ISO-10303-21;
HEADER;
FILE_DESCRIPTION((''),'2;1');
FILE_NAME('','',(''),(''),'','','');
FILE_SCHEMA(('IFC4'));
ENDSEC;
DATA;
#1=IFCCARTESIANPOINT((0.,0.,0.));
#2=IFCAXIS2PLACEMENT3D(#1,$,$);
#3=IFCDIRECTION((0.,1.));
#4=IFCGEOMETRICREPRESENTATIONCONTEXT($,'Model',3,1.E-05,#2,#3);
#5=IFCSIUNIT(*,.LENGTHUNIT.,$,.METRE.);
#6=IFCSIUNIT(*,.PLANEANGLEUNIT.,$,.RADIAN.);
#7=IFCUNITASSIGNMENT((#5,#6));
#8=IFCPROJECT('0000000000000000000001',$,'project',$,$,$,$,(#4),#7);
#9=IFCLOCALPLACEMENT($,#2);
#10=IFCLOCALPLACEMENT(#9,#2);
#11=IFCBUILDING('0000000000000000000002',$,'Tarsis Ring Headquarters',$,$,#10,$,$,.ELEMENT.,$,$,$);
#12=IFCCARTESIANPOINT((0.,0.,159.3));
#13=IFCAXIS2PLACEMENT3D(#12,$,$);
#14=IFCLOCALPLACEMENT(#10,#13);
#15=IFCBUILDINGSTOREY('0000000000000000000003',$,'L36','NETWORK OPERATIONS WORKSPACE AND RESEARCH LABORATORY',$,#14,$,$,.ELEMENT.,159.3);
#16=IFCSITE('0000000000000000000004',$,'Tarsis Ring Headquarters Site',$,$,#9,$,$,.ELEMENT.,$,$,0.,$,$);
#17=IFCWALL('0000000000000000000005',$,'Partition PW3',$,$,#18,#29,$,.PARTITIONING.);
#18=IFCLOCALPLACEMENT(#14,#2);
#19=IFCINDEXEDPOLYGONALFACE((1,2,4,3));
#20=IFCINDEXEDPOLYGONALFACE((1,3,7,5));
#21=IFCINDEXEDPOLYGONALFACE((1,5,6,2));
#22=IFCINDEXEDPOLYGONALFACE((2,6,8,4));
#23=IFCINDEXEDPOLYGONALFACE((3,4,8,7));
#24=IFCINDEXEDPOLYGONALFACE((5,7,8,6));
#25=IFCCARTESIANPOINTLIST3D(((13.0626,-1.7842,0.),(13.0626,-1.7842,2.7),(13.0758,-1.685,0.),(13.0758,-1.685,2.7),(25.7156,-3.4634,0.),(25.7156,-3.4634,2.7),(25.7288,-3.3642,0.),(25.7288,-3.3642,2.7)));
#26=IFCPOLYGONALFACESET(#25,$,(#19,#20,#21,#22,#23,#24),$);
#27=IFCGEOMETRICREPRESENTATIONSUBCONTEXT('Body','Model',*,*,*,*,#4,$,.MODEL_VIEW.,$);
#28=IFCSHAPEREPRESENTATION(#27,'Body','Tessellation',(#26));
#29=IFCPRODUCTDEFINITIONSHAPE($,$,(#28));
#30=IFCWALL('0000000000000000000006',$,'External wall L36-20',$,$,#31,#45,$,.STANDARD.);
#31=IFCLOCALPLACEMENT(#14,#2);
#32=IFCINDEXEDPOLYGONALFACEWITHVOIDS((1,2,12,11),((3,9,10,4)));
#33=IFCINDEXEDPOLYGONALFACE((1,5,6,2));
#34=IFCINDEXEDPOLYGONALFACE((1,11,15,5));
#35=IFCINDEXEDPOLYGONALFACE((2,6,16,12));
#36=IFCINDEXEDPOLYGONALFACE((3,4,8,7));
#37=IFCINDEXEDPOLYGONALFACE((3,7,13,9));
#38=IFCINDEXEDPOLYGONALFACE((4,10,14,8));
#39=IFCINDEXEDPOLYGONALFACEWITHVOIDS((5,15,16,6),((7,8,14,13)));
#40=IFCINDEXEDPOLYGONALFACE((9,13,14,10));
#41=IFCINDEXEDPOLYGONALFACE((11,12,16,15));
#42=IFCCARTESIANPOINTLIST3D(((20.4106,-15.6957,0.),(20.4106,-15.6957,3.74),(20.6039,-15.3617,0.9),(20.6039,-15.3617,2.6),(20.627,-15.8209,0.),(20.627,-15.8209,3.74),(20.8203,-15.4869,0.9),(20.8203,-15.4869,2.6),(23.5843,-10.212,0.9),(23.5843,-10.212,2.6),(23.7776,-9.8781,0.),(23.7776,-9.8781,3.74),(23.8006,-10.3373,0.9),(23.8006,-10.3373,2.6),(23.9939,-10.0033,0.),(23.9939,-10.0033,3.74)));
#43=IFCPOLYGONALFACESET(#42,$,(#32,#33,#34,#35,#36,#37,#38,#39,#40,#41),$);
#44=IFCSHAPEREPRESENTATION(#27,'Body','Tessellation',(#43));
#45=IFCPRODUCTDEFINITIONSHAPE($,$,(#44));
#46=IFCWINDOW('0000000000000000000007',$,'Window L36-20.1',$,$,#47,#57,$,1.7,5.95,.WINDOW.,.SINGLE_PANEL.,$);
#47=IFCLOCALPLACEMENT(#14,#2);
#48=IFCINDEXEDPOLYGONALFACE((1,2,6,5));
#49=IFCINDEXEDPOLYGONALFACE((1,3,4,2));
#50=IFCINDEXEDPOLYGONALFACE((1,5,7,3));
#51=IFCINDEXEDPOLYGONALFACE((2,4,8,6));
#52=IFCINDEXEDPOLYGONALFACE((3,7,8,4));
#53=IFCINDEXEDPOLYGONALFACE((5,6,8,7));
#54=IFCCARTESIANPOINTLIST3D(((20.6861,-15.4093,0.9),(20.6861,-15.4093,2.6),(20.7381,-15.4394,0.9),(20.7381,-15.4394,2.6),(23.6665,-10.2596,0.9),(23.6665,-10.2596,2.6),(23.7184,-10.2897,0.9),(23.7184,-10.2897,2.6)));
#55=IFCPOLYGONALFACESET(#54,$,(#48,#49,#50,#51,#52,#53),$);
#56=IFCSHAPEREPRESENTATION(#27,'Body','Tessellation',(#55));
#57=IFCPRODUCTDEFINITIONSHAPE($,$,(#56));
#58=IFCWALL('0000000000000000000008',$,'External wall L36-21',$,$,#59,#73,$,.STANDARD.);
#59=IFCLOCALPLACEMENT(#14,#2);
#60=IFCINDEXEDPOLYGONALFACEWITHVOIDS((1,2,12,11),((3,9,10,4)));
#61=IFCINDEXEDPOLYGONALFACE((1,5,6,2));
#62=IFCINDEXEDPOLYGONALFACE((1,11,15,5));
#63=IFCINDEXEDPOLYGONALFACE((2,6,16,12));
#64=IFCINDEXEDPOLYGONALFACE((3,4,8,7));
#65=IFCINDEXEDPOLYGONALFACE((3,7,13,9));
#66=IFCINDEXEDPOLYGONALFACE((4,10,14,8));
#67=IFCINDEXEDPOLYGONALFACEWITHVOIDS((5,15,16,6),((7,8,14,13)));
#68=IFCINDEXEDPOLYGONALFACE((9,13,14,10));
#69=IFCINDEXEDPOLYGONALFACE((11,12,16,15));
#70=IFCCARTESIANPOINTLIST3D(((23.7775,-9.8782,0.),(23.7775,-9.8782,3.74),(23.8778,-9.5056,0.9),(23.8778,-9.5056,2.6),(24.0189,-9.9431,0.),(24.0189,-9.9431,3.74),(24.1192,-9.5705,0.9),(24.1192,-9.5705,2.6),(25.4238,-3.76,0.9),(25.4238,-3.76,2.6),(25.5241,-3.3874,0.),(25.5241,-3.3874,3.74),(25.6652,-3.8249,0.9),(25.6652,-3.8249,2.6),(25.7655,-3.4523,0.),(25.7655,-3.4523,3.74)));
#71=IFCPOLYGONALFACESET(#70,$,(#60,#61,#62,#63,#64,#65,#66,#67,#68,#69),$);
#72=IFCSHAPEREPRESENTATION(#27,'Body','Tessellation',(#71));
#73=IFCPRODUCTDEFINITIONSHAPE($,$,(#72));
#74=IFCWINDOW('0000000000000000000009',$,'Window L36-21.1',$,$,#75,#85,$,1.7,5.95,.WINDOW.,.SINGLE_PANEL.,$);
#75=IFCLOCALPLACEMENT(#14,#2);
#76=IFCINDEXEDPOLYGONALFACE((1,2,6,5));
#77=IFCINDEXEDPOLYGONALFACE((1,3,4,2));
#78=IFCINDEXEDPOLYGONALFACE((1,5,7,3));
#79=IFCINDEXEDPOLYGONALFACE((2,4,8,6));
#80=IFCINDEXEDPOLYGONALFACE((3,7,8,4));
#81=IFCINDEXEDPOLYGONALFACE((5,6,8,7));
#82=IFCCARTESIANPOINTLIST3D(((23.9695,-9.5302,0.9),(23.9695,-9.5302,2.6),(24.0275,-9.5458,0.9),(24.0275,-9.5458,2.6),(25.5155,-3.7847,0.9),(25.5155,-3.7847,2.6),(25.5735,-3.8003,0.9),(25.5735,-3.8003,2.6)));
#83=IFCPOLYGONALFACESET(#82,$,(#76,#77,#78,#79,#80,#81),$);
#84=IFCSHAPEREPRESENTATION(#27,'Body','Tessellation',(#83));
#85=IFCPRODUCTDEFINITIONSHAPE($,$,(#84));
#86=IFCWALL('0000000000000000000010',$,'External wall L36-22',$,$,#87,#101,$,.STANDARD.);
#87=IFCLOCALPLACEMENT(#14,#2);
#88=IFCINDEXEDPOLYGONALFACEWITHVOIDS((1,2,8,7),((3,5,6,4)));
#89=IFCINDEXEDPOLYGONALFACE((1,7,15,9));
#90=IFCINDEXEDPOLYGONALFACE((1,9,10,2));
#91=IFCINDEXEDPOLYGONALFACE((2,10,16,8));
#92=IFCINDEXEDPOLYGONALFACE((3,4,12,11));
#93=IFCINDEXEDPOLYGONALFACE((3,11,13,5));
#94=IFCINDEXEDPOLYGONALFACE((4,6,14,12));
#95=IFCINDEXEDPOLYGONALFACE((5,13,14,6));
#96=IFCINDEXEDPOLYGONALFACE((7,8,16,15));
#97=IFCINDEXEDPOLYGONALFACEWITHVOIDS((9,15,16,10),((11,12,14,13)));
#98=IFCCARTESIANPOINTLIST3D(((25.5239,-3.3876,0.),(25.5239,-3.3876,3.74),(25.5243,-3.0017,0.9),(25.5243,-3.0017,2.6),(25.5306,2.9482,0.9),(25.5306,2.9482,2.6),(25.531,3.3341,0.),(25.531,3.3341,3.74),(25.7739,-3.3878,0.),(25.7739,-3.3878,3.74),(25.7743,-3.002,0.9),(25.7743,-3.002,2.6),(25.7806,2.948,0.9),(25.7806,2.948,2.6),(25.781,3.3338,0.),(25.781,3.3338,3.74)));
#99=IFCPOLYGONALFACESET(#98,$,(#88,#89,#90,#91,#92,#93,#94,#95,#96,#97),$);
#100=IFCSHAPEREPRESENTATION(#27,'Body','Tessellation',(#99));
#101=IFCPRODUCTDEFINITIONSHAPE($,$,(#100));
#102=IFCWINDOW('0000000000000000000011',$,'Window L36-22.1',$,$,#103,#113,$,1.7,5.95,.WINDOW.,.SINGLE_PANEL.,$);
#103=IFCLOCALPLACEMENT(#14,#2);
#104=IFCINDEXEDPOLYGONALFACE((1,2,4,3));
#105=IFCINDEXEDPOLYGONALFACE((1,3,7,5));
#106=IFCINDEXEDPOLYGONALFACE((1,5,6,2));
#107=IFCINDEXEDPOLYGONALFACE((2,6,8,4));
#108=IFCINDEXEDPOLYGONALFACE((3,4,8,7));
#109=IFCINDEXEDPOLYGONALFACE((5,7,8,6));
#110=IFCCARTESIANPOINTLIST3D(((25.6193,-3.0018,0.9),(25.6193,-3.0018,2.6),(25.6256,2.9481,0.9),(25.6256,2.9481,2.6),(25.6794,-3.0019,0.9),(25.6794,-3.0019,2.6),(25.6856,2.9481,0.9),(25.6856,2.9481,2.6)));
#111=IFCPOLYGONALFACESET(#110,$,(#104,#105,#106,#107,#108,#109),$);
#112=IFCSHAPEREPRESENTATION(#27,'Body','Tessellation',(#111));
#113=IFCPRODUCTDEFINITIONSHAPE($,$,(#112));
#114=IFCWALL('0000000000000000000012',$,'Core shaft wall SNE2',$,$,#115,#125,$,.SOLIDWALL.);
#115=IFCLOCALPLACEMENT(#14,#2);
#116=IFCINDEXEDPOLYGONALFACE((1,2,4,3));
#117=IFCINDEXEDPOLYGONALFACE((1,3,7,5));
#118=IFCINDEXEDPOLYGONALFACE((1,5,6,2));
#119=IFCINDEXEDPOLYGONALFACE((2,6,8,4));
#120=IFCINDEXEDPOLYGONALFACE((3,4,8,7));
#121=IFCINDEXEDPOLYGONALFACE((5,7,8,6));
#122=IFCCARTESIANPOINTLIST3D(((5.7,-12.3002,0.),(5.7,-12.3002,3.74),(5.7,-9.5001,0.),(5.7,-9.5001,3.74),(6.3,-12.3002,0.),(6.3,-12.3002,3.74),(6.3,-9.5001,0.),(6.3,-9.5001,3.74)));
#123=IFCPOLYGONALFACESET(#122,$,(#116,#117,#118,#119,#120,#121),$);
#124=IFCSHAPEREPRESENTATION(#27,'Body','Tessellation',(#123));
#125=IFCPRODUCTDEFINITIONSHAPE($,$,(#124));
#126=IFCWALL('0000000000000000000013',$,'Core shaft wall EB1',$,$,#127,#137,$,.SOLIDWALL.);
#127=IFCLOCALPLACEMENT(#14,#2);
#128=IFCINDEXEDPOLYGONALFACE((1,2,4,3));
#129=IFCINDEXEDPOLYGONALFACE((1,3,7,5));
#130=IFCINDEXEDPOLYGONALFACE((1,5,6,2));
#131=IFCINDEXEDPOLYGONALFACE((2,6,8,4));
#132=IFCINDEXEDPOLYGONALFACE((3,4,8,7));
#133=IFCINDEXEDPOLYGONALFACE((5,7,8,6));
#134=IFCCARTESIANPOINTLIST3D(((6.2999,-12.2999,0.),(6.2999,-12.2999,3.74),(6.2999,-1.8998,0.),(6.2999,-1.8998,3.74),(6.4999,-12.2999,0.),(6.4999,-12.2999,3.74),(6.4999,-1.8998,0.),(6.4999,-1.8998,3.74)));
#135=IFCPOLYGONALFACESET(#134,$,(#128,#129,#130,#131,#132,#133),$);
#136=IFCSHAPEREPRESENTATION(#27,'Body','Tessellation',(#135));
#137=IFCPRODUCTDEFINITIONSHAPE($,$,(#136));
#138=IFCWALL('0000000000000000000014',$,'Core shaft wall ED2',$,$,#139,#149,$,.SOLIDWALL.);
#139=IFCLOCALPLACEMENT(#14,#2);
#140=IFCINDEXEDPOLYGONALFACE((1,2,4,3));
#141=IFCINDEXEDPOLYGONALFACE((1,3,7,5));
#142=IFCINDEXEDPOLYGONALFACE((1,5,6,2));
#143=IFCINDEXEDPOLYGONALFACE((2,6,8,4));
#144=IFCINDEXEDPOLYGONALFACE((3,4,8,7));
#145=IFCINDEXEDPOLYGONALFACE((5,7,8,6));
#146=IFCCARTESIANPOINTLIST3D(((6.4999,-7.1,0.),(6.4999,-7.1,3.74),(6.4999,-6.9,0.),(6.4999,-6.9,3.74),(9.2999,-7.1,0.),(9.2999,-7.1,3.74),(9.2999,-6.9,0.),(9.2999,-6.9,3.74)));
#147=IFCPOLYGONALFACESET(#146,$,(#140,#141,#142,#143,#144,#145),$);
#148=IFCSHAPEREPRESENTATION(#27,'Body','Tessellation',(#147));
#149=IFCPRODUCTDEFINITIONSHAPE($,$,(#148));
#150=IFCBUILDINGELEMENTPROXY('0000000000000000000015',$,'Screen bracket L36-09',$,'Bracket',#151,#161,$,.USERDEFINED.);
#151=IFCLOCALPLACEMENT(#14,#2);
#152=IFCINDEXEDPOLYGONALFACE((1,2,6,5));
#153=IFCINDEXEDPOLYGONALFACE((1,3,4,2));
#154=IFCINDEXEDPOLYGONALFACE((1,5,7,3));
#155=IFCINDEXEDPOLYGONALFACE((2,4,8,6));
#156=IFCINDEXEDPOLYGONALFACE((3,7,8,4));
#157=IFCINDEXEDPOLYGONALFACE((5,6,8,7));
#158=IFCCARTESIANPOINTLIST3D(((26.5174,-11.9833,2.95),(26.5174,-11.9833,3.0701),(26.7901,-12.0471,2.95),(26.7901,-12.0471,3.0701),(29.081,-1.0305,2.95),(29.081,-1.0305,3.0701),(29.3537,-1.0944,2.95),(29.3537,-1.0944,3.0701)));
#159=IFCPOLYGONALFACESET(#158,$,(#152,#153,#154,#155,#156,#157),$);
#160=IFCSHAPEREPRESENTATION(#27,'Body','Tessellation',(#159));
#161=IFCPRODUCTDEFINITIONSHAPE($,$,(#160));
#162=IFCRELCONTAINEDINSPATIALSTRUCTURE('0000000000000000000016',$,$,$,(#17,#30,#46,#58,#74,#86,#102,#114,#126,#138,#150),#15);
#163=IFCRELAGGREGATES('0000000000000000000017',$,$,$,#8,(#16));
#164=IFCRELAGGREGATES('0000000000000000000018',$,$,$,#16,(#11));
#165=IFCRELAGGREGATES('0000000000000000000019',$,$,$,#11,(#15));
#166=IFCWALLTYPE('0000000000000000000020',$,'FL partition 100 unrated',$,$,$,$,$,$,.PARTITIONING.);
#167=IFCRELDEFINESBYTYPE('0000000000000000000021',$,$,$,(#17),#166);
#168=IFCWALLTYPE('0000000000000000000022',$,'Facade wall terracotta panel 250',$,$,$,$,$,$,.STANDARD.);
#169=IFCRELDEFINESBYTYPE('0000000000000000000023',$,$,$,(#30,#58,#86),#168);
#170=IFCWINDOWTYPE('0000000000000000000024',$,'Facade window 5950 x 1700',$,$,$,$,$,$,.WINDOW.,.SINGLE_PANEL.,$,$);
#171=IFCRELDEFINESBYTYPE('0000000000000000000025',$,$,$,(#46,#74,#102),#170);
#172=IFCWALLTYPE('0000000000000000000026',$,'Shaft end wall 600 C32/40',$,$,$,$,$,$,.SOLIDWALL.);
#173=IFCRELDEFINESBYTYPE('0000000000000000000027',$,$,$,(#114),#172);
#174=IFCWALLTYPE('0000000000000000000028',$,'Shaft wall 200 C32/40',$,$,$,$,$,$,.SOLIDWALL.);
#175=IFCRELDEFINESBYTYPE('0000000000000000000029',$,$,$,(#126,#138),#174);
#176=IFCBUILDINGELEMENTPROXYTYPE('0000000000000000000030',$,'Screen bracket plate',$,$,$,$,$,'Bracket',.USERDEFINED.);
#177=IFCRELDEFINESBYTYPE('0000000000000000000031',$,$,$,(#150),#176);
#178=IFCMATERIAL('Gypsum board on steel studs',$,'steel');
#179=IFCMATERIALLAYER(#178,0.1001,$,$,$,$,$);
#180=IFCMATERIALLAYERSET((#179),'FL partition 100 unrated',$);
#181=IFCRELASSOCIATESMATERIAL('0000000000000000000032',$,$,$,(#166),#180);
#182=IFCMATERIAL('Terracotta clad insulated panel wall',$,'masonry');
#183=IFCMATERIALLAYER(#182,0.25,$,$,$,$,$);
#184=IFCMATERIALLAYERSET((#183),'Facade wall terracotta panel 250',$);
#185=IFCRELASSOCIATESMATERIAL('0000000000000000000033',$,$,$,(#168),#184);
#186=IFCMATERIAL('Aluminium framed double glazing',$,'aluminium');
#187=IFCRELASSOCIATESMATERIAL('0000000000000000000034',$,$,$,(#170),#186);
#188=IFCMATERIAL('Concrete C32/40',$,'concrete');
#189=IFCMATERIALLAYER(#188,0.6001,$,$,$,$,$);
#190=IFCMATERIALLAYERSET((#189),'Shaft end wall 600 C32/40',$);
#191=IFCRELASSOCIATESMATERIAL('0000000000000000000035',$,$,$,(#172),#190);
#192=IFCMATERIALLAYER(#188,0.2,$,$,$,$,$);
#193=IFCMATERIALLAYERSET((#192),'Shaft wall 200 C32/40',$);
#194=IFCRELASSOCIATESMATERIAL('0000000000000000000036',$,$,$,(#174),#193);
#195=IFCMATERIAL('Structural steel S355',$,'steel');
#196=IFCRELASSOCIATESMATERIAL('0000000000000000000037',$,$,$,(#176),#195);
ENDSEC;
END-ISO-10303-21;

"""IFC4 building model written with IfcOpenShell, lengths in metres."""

from ifc_helpers import new_model, si_unit, direction, frame, frame_2d, origin, origin_2d, place, context, subcontext, project, spatial, rectangle, extrude, material, layer, layer_set, type_object, element, fill, save


model = new_model("IFC4")

# Units and contexts
model_context = context("Model", 3, precision=1e-05, world=origin(), true_north=direction((0.0, 1.0)))
body_context = subcontext(model_context, "Body", "Model", "MODEL_VIEW")
ifc_project = project(units=[si_unit("LENGTHUNIT", "METRE"), si_unit("PLANEANGLEUNIT", "RADIAN")], contexts=[model_context])

# Site, building, storey
site_placement = place(None, origin())
site = spatial("IfcSite", under=ifc_project, at=site_placement, Name="Tarsis Ring Headquarters Site", CompositionType="ELEMENT", RefElevation=0.0)
building_placement = place(site_placement, origin())
building = spatial("IfcBuilding", under=site, at=building_placement, Name="Tarsis Ring Headquarters", CompositionType="ELEMENT")
storey_placement = place(building_placement, frame((0.0, 0.0, 159.3)))
storey = spatial("IfcBuildingStorey", under=building, at=storey_placement, Name="L36", Description="NETWORK OPERATIONS WORKSPACE AND RESEARCH LABORATORY", CompositionType="ELEMENT", Elevation=159.3)

# Shared definitions
ifc_material_1 = material(Name="Structural steel S355", Category="steel")

# Wall
ifc_material_2 = material(Name="Gypsum board on steel studs", Category="steel")
ifc_layer_1 = layer(ifc_material_2, 0.1001)
ifc_layer_set_1 = layer_set([ifc_layer_1], Name="FL partition 100 unrated")
wall_type_1 = type_object("IfcWallType", Name="FL partition 100 unrated", PredefinedType="PARTITIONING", material=ifc_layer_set_1)
wall_1_placement = place(storey_placement, frame((13.0693, -1.7346, 0.0), z_axis=(0.0, 0.0, 1.0), x_axis=(0.991309, -0.131557, 0.0)))
element("IfcWall", 1, at=wall_1_placement, inside=storey, type_object=wall_type_1, Name="Partition PW3", PredefinedType="PARTITIONING", context=body_context, shape_type="SweptSolid", body=[
    extrude(rectangle(XDim=12.7639, YDim=0.1001, at=frame_2d((6.3818, 0.0))), origin(), (0.0, 0.0, 1.0), 2.7),
])

# Walls, openings, windows
ifc_material_3 = material(Name="Terracotta clad insulated panel wall", Category="masonry")
ifc_layer_2 = layer(ifc_material_3, 0.25)
ifc_layer_set_2 = layer_set([ifc_layer_2], Name="Facade wall terracotta panel 250")
wall_type_2 = type_object("IfcWallType", Name="Facade wall terracotta panel 250", PredefinedType="STANDARD", material=ifc_layer_set_2)
wall_2_placement = place(storey_placement, frame((20.5188, -15.7583, 0.0), z_axis=(0.0, 0.0, 1.0), x_axis=(0.500907, 0.865501, 0.0)))
wall_2 = element("IfcWall", 2, at=wall_2_placement, inside=storey, type_object=wall_type_2, Name="External wall L36-20", PredefinedType="STANDARD", context=body_context, shape_type="SweptSolid", body=[
    extrude(rectangle(XDim=6.7217, YDim=0.25, at=frame_2d((3.3608, 0.0))), origin(), (0.0, 0.0, 1.0), 3.74),
])
opening_1_placement = place(wall_2_placement, frame((0.3857, 0.0, 0.8999)))
opening_1 = element("IfcOpeningElement", 3, at=opening_1_placement, cuts=wall_2, PredefinedType="OPENING", context=body_context, shape_type="SweptSolid", body=[
    extrude(rectangle(XDim=5.95, YDim=1.7, at=frame_2d((2.9751, 0.8501))), frame((0.0, 0.135, 0.0), z_axis=(0.0, -1.0, 0.0), x_axis=(1.0, 0.0, 0.0)), (0.0, 0.0, 1.0), 0.27),
])
ifc_material_4 = material(Name="Aluminium framed double glazing", Category="aluminium")
window_type = type_object("IfcWindowType", Name="Facade window 5950 x 1700", PartitioningType="SINGLE_PANEL", PredefinedType="WINDOW", material=ifc_material_4)
window_1_placement = place(opening_1_placement, origin())
window_1 = element("IfcWindow", 4, at=window_1_placement, inside=storey, type_object=window_type, Name="Window L36-20.1", OverallHeight=1.7, OverallWidth=5.95, PartitioningType="SINGLE_PANEL", PredefinedType="WINDOW", context=body_context, shape_type="SweptSolid", body=[
    extrude(rectangle(XDim=5.95, YDim=1.7, at=frame_2d((2.9751, 0.8501))), frame((0.0, 0.03, 0.0), z_axis=(0.0, -1.0, 0.0), x_axis=(1.0, 0.0, 0.0)), (0.0, 0.0, 1.0), 0.0601),
])
fill(opening_1, window_1)
wall_3_placement = place(storey_placement, frame((23.8982, -9.9106, 0.0), z_axis=(0.0, 0.0, 1.0), x_axis=(0.259846, 0.96565, 0.0)))
wall_3 = element("IfcWall", 5, at=wall_3_placement, inside=storey, type_object=wall_type_2, Name="External wall L36-21", PredefinedType="STANDARD", context=body_context, shape_type="SweptSolid", body=[
    extrude(rectangle(XDim=6.7217, YDim=0.25, at=frame_2d((3.3608, 0.0))), origin(), (0.0, 0.0, 1.0), 3.74),
])
opening_2_placement = place(wall_3_placement, frame((0.3857, 0.0, 0.8999)))
opening_2 = element("IfcOpeningElement", 6, at=opening_2_placement, cuts=wall_3, PredefinedType="OPENING", context=body_context, shape_type="SweptSolid", body=[
    extrude(rectangle(XDim=5.95, YDim=1.7, at=frame_2d((2.9751, 0.8501))), frame((0.0, 0.135, 0.0), z_axis=(0.0, -1.0, 0.0), x_axis=(1.0, 0.0, 0.0)), (0.0, 0.0, 1.0), 0.27),
])
window_2_placement = place(opening_2_placement, origin())
window_2 = element("IfcWindow", 7, at=window_2_placement, inside=storey, type_object=window_type, Name="Window L36-21.1", OverallHeight=1.7, OverallWidth=5.95, PartitioningType="SINGLE_PANEL", PredefinedType="WINDOW", context=body_context, shape_type="SweptSolid", body=[
    extrude(rectangle(XDim=5.95, YDim=1.7, at=frame_2d((2.9751, 0.8501))), frame((0.0, 0.03, 0.0), z_axis=(0.0, -1.0, 0.0), x_axis=(1.0, 0.0, 0.0)), (0.0, 0.0, 1.0), 0.0601),
])
fill(opening_2, window_2)
wall_4_placement = place(storey_placement, frame((25.6489, -3.3877, 0.0), z_axis=(0.0, 0.0, 1.0), x_axis=(0.001053, 0.999999, 0.0)))
wall_4 = element("IfcWall", 8, at=wall_4_placement, inside=storey, type_object=wall_type_2, Name="External wall L36-22", PredefinedType="STANDARD", context=body_context, shape_type="SweptSolid", body=[
    extrude(rectangle(XDim=6.7217, YDim=0.25, at=frame_2d((3.3608, 0.0))), origin(), (0.0, 0.0, 1.0), 3.74),
])
opening_3_placement = place(wall_4_placement, frame((0.3857, 0.0, 0.8999)))
opening_3 = element("IfcOpeningElement", 9, at=opening_3_placement, cuts=wall_4, PredefinedType="OPENING", context=body_context, shape_type="SweptSolid", body=[
    extrude(rectangle(XDim=5.95, YDim=1.7, at=frame_2d((2.9751, 0.8501))), frame((0.0, 0.135, 0.0), z_axis=(0.0, -1.0, 0.0), x_axis=(1.0, 0.0, 0.0)), (0.0, 0.0, 1.0), 0.27),
])
window_3_placement = place(opening_3_placement, origin())
window_3 = element("IfcWindow", 10, at=window_3_placement, inside=storey, type_object=window_type, Name="Window L36-22.1", OverallHeight=1.7, OverallWidth=5.95, PartitioningType="SINGLE_PANEL", PredefinedType="WINDOW", context=body_context, shape_type="SweptSolid", body=[
    extrude(rectangle(XDim=5.95, YDim=1.7, at=frame_2d((2.9751, 0.8501))), frame((0.0, 0.03, 0.0), z_axis=(0.0, -1.0, 0.0), x_axis=(1.0, 0.0, 0.0)), (0.0, 0.0, 1.0), 0.0601),
])
fill(opening_3, window_3)

# Walls
ifc_material_5 = material(Name="Concrete C32/40", Category="concrete")
ifc_layer_3 = layer(ifc_material_5, 0.6001)
ifc_layer_set_3 = layer_set([ifc_layer_3], Name="Shaft end wall 600 C32/40")
wall_type_3 = type_object("IfcWallType", Name="Shaft end wall 600 C32/40", PredefinedType="SOLIDWALL", material=ifc_layer_set_3)
wall_5_placement = place(storey_placement, frame((6.0, -12.3, 0.0), z_axis=(0.0, 0.0, 1.0), x_axis=(0.0, 1.0, 0.0)))
element("IfcWall", 11, at=wall_5_placement, inside=storey, type_object=wall_type_3, Name="Core shaft wall SNE2", PredefinedType="SOLIDWALL", context=body_context, shape_type="SweptSolid", body=[
    extrude(rectangle(XDim=2.8, YDim=0.6001, at=frame_2d((1.3999, 0.0))), origin(), (0.0, 0.0, 1.0), 3.74),
])
ifc_layer_4 = layer(ifc_material_5, 0.2)
ifc_layer_set_4 = layer_set([ifc_layer_4], Name="Shaft wall 200 C32/40")
wall_type_4 = type_object("IfcWallType", Name="Shaft wall 200 C32/40", PredefinedType="SOLIDWALL", material=ifc_layer_set_4)
wall_6_placement = place(storey_placement, frame((6.3999, -12.3, 0.0), z_axis=(0.0, 0.0, 1.0), x_axis=(0.0, 1.0, 0.0)))
element("IfcWall", 12, at=wall_6_placement, inside=storey, type_object=wall_type_4, Name="Core shaft wall EB1", PredefinedType="SOLIDWALL", context=body_context, shape_type="SweptSolid", body=[
    extrude(rectangle(XDim=10.4001, YDim=0.2, at=frame_2d((5.2002, 0.0))), origin(), (0.0, 0.0, 1.0), 3.74),
])
wall_7_placement = place(storey_placement, frame((6.5, -7.0, 0.0), z_axis=(0.0, 0.0, 1.0), x_axis=(1.0, 0.0, 0.0)))
element("IfcWall", 13, at=wall_7_placement, inside=storey, type_object=wall_type_4, Name="Core shaft wall ED2", PredefinedType="SOLIDWALL", context=body_context, shape_type="SweptSolid", body=[
    extrude(rectangle(XDim=2.8, YDim=0.2, at=frame_2d((1.3999, 0.0))), origin(), (0.0, 0.0, 1.0), 3.74),
])

# Building element proxy
building_element_proxy_type = type_object("IfcBuildingElementProxyType", Name="Screen bracket plate", ElementType="Bracket", PredefinedType="USERDEFINED", material=ifc_material_1)
proxy_placement = place(storey_placement, frame((27.9355, -6.5388, 2.95), z_axis=(0.0, 0.0, 1.0), x_axis=(0.227905, 0.973683, 0.0)))
element("IfcBuildingElementProxy", 14, at=proxy_placement, inside=storey, type_object=building_element_proxy_type, Name="Screen bracket L36-09", ObjectType="Bracket", PredefinedType="USERDEFINED", context=body_context, shape_type="SweptSolid", body=[
    extrude(rectangle(XDim=11.2488, YDim=0.28, at=origin_2d()), origin(), (0.0, 0.0, 1.0), 0.1201),
])

save(model, "model.ifc")
